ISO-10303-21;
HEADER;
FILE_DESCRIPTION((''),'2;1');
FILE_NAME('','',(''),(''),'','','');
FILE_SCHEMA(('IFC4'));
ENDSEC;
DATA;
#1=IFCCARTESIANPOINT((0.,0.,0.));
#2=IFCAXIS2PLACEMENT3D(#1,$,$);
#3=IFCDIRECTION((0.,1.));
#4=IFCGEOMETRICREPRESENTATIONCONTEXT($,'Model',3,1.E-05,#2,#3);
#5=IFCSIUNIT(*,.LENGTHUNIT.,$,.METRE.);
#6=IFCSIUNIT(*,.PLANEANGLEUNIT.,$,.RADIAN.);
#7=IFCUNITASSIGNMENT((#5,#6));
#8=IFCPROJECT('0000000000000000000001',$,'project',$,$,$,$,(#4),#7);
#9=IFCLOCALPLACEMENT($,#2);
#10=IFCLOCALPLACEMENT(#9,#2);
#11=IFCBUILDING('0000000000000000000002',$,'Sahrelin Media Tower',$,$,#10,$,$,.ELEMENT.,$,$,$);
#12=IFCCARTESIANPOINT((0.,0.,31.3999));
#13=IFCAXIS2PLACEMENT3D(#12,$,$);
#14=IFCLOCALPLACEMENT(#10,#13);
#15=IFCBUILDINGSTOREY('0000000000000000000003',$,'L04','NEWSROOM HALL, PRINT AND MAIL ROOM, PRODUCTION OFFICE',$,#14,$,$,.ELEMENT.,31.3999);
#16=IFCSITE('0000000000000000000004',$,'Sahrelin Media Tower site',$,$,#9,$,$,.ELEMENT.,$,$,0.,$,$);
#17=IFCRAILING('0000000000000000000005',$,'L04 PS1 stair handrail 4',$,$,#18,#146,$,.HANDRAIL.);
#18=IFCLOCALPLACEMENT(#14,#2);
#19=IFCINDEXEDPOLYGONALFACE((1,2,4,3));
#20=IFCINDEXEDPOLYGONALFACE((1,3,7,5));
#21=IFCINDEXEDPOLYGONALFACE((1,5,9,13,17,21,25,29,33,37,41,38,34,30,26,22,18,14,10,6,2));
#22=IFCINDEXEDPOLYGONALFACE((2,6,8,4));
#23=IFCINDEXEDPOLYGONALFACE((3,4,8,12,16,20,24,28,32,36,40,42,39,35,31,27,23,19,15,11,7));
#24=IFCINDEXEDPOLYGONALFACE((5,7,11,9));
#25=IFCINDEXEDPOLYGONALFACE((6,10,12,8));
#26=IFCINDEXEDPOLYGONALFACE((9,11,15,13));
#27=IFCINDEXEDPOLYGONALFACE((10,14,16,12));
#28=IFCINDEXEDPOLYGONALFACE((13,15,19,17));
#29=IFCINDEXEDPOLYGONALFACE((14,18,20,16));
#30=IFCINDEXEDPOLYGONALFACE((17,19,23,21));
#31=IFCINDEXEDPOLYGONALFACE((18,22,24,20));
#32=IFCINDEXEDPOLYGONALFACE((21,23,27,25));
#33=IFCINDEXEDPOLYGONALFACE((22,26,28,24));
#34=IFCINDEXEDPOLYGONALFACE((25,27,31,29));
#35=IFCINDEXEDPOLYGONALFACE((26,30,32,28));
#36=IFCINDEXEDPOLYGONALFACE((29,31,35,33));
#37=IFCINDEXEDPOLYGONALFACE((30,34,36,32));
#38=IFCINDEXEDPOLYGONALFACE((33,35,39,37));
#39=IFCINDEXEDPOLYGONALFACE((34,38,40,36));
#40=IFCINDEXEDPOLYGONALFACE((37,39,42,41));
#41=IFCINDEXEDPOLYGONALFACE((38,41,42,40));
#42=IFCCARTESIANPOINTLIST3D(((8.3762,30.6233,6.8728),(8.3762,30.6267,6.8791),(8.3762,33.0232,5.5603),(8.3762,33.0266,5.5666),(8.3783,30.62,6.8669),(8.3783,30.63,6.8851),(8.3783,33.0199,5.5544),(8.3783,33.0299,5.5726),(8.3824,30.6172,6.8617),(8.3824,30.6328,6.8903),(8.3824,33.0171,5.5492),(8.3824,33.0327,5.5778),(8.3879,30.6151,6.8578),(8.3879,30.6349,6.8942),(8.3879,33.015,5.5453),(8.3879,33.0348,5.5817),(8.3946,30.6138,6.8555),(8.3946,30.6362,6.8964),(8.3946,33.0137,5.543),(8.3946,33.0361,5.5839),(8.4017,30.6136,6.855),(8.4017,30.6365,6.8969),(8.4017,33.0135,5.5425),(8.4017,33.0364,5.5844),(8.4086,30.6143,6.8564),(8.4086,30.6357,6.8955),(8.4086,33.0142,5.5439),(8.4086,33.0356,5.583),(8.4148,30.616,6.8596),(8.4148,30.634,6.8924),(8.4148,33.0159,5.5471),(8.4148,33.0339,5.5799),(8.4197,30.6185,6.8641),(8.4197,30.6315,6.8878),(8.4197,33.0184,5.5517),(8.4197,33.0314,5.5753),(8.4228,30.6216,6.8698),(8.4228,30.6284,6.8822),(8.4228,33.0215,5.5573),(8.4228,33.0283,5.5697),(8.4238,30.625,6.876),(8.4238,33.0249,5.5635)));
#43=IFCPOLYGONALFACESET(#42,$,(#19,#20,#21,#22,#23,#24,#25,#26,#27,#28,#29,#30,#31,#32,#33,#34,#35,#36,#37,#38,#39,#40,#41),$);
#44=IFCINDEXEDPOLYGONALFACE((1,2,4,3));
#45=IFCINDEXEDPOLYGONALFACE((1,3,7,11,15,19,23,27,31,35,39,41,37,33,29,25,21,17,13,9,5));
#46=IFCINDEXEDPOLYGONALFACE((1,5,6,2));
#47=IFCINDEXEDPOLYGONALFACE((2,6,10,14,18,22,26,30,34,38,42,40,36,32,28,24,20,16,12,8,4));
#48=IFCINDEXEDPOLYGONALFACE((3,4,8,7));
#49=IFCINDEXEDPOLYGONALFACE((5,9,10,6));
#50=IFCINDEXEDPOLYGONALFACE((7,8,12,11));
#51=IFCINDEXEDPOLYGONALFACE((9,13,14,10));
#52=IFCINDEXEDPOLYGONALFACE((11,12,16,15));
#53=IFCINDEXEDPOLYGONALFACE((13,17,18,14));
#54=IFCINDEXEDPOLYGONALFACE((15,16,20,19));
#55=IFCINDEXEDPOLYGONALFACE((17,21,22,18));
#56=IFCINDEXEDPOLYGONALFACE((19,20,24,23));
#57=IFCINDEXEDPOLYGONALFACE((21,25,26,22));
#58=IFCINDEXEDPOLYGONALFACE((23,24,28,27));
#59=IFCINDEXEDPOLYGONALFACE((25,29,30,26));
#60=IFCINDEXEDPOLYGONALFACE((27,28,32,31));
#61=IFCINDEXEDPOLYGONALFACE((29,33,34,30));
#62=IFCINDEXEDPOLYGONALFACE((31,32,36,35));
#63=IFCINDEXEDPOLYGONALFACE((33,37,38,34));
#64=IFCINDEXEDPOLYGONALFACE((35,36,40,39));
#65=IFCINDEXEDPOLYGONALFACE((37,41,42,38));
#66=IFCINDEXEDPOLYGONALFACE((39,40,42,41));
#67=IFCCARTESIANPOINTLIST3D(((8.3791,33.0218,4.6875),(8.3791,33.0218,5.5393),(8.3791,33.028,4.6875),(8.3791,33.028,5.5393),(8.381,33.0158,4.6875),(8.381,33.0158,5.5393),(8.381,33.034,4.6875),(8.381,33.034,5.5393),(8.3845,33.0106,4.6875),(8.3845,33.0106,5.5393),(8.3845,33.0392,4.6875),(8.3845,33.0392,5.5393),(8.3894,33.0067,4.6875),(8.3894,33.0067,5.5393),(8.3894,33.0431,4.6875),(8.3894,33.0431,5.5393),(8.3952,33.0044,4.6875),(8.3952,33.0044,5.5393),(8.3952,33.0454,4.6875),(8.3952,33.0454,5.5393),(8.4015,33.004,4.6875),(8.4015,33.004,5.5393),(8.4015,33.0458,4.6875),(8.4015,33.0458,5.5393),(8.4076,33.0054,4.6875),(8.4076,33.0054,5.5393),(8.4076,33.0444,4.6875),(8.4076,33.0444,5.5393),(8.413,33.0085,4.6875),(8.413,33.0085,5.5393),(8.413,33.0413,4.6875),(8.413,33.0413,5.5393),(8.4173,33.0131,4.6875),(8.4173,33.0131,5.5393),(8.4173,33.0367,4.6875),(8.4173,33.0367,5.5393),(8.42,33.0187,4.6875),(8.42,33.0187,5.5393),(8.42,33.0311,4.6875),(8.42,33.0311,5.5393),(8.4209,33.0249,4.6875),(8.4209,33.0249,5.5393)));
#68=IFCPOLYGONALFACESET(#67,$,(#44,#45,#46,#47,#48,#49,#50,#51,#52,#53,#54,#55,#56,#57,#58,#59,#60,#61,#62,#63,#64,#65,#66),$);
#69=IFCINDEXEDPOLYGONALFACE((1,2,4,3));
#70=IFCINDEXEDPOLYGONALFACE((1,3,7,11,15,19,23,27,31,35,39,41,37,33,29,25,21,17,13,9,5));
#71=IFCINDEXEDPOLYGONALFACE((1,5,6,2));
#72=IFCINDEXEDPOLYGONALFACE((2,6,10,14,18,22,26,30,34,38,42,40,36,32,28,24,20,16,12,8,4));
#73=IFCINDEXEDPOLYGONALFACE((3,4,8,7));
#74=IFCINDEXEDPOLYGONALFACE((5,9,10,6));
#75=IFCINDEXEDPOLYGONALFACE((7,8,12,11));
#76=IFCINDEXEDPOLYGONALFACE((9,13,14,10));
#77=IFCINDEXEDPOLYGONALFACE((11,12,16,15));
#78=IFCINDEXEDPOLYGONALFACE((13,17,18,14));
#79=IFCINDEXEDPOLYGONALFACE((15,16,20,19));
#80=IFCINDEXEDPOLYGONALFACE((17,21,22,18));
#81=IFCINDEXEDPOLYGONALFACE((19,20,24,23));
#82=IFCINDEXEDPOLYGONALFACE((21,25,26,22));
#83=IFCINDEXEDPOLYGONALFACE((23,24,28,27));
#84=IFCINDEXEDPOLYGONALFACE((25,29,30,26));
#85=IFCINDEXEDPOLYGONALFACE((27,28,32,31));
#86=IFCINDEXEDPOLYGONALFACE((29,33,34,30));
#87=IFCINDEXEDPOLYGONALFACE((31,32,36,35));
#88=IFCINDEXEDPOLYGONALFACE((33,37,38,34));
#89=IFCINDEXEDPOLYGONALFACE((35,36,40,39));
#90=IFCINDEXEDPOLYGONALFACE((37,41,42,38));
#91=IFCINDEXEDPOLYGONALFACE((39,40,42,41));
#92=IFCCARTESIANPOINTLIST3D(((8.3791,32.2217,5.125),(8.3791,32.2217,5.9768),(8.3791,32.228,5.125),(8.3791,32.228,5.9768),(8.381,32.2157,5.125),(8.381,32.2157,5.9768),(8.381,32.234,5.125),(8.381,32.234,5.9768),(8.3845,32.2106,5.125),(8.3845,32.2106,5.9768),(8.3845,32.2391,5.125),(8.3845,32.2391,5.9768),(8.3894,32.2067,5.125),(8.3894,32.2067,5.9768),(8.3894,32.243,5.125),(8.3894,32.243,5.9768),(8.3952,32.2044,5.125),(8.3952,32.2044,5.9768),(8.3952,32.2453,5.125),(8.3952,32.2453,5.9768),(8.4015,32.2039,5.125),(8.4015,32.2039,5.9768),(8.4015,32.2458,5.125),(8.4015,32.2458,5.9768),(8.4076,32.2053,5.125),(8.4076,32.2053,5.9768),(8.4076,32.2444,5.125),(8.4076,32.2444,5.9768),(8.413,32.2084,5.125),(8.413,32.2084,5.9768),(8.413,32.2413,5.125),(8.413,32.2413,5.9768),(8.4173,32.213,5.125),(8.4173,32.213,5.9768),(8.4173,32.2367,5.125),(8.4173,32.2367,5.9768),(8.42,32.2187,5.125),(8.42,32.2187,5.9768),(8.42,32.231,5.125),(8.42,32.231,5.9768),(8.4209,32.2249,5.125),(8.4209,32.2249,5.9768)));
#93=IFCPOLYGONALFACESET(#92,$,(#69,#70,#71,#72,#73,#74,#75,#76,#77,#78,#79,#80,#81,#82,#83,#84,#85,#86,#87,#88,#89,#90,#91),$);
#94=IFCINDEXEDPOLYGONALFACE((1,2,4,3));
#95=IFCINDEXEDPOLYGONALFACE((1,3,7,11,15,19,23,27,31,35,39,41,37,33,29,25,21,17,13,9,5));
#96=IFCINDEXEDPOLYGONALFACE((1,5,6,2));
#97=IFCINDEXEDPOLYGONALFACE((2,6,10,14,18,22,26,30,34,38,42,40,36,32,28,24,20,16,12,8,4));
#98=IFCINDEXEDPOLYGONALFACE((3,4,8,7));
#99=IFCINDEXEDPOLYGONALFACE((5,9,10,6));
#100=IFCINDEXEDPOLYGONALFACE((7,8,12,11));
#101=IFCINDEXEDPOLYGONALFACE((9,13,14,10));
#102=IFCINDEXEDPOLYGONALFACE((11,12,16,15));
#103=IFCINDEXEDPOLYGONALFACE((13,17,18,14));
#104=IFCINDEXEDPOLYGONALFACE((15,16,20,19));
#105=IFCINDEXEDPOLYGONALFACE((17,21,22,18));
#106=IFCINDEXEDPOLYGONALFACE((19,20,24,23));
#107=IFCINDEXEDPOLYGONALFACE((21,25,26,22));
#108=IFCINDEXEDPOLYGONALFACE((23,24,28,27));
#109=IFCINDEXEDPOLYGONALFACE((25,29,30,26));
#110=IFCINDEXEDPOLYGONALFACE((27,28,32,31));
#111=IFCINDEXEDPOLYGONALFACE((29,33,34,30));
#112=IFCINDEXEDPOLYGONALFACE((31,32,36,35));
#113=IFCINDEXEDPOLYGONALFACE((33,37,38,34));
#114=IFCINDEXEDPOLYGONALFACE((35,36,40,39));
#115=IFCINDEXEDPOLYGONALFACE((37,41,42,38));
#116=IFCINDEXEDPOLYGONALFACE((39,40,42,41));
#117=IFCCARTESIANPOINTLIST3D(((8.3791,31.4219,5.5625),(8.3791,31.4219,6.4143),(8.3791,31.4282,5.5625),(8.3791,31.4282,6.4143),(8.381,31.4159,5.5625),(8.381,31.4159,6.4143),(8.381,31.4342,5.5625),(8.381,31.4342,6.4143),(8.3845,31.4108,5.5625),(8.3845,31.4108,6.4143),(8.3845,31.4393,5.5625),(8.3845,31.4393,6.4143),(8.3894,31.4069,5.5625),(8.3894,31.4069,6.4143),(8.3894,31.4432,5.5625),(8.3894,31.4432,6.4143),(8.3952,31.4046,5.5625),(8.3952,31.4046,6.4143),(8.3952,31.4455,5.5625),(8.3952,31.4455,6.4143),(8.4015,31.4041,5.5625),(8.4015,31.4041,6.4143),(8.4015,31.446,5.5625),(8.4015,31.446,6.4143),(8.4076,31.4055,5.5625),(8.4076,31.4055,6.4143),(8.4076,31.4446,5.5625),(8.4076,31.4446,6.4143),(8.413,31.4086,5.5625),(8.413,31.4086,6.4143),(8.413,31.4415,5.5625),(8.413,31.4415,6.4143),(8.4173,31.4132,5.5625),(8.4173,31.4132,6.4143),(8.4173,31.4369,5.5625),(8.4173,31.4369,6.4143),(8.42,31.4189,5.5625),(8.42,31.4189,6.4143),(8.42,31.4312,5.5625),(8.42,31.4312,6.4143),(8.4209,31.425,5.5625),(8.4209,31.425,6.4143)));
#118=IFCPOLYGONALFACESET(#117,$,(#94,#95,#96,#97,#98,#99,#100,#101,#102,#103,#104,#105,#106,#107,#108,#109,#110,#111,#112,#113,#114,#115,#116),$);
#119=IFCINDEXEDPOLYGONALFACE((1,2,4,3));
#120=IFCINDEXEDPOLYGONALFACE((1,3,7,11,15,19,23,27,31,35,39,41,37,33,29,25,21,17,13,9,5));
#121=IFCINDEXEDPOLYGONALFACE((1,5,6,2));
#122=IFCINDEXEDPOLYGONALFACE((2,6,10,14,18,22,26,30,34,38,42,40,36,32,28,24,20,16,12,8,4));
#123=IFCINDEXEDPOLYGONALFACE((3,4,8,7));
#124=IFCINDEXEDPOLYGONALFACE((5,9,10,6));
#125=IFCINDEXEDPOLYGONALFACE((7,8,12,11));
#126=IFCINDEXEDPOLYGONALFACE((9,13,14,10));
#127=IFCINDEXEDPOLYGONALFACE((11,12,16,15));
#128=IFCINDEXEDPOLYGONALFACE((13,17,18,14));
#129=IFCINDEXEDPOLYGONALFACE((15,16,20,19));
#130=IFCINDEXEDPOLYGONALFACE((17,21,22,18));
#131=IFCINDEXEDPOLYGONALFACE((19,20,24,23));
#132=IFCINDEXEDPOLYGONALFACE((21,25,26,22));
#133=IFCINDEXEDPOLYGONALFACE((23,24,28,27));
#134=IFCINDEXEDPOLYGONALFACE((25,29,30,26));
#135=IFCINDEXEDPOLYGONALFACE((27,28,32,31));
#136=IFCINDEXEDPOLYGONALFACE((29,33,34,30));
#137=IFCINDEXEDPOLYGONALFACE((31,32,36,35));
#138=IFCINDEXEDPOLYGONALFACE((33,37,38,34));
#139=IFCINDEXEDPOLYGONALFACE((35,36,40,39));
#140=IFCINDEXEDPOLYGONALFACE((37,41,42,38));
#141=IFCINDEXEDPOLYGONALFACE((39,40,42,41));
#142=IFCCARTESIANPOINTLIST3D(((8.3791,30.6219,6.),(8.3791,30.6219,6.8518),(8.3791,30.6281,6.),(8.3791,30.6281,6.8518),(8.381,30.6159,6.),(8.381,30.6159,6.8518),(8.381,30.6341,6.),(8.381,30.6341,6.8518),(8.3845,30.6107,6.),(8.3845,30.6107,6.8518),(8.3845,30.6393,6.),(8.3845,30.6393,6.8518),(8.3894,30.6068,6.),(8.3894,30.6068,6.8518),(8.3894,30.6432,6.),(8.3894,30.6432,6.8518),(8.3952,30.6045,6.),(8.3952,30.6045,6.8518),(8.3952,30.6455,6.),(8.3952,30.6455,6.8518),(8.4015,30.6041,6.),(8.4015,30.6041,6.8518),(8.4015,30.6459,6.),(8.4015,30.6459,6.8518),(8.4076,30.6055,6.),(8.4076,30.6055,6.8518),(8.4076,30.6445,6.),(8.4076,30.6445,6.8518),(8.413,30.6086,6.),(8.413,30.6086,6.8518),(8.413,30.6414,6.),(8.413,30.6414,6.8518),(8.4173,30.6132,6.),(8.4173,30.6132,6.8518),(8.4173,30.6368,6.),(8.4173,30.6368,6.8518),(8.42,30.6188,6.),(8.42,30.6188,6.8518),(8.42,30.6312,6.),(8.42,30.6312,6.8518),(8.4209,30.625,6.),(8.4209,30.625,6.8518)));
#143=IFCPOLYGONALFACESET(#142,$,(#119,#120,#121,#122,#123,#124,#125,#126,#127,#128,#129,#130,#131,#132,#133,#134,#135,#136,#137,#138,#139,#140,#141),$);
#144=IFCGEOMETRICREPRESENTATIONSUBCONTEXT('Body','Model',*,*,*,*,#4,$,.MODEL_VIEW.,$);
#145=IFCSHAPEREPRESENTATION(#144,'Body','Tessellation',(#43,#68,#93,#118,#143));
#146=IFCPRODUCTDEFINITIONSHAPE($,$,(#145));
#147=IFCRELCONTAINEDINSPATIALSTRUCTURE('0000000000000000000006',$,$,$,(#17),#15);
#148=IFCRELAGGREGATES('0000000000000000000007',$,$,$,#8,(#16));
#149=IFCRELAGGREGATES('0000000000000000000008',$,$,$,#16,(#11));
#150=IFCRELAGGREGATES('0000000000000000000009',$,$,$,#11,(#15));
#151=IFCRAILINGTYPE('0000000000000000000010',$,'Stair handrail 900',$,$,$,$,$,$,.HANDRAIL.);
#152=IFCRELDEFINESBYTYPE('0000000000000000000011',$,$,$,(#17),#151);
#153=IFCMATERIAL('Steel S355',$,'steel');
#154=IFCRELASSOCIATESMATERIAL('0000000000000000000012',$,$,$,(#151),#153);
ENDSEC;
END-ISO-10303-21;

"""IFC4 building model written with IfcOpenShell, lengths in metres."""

from ifc_helpers import new_model, si_unit, direction, frame, origin, origin_2d, place, context, subcontext, project, spatial, circle, extrude, material, type_object, element, save


model = new_model("IFC4")

# Units and contexts
model_context = context("Model", 3, precision=1e-05, world=origin(), true_north=direction((0.0, 1.0)))
body_context = subcontext(model_context, "Body", "Model", "MODEL_VIEW")
ifc_project = project(units=[si_unit("LENGTHUNIT", "METRE"), si_unit("PLANEANGLEUNIT", "RADIAN")], contexts=[model_context])

# Site, building, storey
site_placement = place(None, origin())
site = spatial("IfcSite", under=ifc_project, at=site_placement, Name="Sahrelin Media Tower site", CompositionType="ELEMENT", RefElevation=0.0)
building_placement = place(site_placement, origin())
building = spatial("IfcBuilding", under=site, at=building_placement, Name="Sahrelin Media Tower", CompositionType="ELEMENT")
storey_placement = place(building_placement, frame((0.0, 0.0, 31.3999)))
storey = spatial("IfcBuildingStorey", under=building, at=storey_placement, Name="L04", Description="NEWSROOM HALL, PRINT AND MAIL ROOM, PRODUCTION OFFICE", CompositionType="ELEMENT", Elevation=31.3999)

# Shared definitions
ifc_material_1 = material(Name="Steel S355", Category="steel")

# Railing
railing_type_1 = type_object("IfcRailingType", Name="Stair handrail 900", PredefinedType="HANDRAIL", material=ifc_material_1)
railing_1_placement = place(storey_placement, frame((8.3999, 33.0249, 4.6875)))
element("IfcRailing", 1, at=railing_1_placement, inside=storey, type_object=railing_type_1, Name="L04 PS1 stair handrail 4", PredefinedType="HANDRAIL", context=body_context, shape_type="SweptSolid", body=[
    extrude(circle(Radius=0.0239, at=origin_2d()), frame((0.0, 0.0, 0.876), z_axis=(0.0, -0.877363, 0.479827), x_axis=(1.0, 0.0, 0.0)), (0.0, 0.0, 1.0), 2.7354),
    extrude(circle(Radius=0.021, at=origin_2d()), origin(), (0.0, 0.0, 1.0), 0.8518),
    extrude(circle(Radius=0.021, at=origin_2d()), frame((0.0, -0.8, 0.4375)), (0.0, 0.0, 1.0), 0.8518),
    extrude(circle(Radius=0.021, at=origin_2d()), frame((0.0, -1.5999, 0.875)), (0.0, 0.0, 1.0), 0.8518),
    extrude(circle(Radius=0.021, at=origin_2d()), frame((0.0, -2.3999, 1.3125)), (0.0, 0.0, 1.0), 0.8518),
])

save(model, "model.ifc")
